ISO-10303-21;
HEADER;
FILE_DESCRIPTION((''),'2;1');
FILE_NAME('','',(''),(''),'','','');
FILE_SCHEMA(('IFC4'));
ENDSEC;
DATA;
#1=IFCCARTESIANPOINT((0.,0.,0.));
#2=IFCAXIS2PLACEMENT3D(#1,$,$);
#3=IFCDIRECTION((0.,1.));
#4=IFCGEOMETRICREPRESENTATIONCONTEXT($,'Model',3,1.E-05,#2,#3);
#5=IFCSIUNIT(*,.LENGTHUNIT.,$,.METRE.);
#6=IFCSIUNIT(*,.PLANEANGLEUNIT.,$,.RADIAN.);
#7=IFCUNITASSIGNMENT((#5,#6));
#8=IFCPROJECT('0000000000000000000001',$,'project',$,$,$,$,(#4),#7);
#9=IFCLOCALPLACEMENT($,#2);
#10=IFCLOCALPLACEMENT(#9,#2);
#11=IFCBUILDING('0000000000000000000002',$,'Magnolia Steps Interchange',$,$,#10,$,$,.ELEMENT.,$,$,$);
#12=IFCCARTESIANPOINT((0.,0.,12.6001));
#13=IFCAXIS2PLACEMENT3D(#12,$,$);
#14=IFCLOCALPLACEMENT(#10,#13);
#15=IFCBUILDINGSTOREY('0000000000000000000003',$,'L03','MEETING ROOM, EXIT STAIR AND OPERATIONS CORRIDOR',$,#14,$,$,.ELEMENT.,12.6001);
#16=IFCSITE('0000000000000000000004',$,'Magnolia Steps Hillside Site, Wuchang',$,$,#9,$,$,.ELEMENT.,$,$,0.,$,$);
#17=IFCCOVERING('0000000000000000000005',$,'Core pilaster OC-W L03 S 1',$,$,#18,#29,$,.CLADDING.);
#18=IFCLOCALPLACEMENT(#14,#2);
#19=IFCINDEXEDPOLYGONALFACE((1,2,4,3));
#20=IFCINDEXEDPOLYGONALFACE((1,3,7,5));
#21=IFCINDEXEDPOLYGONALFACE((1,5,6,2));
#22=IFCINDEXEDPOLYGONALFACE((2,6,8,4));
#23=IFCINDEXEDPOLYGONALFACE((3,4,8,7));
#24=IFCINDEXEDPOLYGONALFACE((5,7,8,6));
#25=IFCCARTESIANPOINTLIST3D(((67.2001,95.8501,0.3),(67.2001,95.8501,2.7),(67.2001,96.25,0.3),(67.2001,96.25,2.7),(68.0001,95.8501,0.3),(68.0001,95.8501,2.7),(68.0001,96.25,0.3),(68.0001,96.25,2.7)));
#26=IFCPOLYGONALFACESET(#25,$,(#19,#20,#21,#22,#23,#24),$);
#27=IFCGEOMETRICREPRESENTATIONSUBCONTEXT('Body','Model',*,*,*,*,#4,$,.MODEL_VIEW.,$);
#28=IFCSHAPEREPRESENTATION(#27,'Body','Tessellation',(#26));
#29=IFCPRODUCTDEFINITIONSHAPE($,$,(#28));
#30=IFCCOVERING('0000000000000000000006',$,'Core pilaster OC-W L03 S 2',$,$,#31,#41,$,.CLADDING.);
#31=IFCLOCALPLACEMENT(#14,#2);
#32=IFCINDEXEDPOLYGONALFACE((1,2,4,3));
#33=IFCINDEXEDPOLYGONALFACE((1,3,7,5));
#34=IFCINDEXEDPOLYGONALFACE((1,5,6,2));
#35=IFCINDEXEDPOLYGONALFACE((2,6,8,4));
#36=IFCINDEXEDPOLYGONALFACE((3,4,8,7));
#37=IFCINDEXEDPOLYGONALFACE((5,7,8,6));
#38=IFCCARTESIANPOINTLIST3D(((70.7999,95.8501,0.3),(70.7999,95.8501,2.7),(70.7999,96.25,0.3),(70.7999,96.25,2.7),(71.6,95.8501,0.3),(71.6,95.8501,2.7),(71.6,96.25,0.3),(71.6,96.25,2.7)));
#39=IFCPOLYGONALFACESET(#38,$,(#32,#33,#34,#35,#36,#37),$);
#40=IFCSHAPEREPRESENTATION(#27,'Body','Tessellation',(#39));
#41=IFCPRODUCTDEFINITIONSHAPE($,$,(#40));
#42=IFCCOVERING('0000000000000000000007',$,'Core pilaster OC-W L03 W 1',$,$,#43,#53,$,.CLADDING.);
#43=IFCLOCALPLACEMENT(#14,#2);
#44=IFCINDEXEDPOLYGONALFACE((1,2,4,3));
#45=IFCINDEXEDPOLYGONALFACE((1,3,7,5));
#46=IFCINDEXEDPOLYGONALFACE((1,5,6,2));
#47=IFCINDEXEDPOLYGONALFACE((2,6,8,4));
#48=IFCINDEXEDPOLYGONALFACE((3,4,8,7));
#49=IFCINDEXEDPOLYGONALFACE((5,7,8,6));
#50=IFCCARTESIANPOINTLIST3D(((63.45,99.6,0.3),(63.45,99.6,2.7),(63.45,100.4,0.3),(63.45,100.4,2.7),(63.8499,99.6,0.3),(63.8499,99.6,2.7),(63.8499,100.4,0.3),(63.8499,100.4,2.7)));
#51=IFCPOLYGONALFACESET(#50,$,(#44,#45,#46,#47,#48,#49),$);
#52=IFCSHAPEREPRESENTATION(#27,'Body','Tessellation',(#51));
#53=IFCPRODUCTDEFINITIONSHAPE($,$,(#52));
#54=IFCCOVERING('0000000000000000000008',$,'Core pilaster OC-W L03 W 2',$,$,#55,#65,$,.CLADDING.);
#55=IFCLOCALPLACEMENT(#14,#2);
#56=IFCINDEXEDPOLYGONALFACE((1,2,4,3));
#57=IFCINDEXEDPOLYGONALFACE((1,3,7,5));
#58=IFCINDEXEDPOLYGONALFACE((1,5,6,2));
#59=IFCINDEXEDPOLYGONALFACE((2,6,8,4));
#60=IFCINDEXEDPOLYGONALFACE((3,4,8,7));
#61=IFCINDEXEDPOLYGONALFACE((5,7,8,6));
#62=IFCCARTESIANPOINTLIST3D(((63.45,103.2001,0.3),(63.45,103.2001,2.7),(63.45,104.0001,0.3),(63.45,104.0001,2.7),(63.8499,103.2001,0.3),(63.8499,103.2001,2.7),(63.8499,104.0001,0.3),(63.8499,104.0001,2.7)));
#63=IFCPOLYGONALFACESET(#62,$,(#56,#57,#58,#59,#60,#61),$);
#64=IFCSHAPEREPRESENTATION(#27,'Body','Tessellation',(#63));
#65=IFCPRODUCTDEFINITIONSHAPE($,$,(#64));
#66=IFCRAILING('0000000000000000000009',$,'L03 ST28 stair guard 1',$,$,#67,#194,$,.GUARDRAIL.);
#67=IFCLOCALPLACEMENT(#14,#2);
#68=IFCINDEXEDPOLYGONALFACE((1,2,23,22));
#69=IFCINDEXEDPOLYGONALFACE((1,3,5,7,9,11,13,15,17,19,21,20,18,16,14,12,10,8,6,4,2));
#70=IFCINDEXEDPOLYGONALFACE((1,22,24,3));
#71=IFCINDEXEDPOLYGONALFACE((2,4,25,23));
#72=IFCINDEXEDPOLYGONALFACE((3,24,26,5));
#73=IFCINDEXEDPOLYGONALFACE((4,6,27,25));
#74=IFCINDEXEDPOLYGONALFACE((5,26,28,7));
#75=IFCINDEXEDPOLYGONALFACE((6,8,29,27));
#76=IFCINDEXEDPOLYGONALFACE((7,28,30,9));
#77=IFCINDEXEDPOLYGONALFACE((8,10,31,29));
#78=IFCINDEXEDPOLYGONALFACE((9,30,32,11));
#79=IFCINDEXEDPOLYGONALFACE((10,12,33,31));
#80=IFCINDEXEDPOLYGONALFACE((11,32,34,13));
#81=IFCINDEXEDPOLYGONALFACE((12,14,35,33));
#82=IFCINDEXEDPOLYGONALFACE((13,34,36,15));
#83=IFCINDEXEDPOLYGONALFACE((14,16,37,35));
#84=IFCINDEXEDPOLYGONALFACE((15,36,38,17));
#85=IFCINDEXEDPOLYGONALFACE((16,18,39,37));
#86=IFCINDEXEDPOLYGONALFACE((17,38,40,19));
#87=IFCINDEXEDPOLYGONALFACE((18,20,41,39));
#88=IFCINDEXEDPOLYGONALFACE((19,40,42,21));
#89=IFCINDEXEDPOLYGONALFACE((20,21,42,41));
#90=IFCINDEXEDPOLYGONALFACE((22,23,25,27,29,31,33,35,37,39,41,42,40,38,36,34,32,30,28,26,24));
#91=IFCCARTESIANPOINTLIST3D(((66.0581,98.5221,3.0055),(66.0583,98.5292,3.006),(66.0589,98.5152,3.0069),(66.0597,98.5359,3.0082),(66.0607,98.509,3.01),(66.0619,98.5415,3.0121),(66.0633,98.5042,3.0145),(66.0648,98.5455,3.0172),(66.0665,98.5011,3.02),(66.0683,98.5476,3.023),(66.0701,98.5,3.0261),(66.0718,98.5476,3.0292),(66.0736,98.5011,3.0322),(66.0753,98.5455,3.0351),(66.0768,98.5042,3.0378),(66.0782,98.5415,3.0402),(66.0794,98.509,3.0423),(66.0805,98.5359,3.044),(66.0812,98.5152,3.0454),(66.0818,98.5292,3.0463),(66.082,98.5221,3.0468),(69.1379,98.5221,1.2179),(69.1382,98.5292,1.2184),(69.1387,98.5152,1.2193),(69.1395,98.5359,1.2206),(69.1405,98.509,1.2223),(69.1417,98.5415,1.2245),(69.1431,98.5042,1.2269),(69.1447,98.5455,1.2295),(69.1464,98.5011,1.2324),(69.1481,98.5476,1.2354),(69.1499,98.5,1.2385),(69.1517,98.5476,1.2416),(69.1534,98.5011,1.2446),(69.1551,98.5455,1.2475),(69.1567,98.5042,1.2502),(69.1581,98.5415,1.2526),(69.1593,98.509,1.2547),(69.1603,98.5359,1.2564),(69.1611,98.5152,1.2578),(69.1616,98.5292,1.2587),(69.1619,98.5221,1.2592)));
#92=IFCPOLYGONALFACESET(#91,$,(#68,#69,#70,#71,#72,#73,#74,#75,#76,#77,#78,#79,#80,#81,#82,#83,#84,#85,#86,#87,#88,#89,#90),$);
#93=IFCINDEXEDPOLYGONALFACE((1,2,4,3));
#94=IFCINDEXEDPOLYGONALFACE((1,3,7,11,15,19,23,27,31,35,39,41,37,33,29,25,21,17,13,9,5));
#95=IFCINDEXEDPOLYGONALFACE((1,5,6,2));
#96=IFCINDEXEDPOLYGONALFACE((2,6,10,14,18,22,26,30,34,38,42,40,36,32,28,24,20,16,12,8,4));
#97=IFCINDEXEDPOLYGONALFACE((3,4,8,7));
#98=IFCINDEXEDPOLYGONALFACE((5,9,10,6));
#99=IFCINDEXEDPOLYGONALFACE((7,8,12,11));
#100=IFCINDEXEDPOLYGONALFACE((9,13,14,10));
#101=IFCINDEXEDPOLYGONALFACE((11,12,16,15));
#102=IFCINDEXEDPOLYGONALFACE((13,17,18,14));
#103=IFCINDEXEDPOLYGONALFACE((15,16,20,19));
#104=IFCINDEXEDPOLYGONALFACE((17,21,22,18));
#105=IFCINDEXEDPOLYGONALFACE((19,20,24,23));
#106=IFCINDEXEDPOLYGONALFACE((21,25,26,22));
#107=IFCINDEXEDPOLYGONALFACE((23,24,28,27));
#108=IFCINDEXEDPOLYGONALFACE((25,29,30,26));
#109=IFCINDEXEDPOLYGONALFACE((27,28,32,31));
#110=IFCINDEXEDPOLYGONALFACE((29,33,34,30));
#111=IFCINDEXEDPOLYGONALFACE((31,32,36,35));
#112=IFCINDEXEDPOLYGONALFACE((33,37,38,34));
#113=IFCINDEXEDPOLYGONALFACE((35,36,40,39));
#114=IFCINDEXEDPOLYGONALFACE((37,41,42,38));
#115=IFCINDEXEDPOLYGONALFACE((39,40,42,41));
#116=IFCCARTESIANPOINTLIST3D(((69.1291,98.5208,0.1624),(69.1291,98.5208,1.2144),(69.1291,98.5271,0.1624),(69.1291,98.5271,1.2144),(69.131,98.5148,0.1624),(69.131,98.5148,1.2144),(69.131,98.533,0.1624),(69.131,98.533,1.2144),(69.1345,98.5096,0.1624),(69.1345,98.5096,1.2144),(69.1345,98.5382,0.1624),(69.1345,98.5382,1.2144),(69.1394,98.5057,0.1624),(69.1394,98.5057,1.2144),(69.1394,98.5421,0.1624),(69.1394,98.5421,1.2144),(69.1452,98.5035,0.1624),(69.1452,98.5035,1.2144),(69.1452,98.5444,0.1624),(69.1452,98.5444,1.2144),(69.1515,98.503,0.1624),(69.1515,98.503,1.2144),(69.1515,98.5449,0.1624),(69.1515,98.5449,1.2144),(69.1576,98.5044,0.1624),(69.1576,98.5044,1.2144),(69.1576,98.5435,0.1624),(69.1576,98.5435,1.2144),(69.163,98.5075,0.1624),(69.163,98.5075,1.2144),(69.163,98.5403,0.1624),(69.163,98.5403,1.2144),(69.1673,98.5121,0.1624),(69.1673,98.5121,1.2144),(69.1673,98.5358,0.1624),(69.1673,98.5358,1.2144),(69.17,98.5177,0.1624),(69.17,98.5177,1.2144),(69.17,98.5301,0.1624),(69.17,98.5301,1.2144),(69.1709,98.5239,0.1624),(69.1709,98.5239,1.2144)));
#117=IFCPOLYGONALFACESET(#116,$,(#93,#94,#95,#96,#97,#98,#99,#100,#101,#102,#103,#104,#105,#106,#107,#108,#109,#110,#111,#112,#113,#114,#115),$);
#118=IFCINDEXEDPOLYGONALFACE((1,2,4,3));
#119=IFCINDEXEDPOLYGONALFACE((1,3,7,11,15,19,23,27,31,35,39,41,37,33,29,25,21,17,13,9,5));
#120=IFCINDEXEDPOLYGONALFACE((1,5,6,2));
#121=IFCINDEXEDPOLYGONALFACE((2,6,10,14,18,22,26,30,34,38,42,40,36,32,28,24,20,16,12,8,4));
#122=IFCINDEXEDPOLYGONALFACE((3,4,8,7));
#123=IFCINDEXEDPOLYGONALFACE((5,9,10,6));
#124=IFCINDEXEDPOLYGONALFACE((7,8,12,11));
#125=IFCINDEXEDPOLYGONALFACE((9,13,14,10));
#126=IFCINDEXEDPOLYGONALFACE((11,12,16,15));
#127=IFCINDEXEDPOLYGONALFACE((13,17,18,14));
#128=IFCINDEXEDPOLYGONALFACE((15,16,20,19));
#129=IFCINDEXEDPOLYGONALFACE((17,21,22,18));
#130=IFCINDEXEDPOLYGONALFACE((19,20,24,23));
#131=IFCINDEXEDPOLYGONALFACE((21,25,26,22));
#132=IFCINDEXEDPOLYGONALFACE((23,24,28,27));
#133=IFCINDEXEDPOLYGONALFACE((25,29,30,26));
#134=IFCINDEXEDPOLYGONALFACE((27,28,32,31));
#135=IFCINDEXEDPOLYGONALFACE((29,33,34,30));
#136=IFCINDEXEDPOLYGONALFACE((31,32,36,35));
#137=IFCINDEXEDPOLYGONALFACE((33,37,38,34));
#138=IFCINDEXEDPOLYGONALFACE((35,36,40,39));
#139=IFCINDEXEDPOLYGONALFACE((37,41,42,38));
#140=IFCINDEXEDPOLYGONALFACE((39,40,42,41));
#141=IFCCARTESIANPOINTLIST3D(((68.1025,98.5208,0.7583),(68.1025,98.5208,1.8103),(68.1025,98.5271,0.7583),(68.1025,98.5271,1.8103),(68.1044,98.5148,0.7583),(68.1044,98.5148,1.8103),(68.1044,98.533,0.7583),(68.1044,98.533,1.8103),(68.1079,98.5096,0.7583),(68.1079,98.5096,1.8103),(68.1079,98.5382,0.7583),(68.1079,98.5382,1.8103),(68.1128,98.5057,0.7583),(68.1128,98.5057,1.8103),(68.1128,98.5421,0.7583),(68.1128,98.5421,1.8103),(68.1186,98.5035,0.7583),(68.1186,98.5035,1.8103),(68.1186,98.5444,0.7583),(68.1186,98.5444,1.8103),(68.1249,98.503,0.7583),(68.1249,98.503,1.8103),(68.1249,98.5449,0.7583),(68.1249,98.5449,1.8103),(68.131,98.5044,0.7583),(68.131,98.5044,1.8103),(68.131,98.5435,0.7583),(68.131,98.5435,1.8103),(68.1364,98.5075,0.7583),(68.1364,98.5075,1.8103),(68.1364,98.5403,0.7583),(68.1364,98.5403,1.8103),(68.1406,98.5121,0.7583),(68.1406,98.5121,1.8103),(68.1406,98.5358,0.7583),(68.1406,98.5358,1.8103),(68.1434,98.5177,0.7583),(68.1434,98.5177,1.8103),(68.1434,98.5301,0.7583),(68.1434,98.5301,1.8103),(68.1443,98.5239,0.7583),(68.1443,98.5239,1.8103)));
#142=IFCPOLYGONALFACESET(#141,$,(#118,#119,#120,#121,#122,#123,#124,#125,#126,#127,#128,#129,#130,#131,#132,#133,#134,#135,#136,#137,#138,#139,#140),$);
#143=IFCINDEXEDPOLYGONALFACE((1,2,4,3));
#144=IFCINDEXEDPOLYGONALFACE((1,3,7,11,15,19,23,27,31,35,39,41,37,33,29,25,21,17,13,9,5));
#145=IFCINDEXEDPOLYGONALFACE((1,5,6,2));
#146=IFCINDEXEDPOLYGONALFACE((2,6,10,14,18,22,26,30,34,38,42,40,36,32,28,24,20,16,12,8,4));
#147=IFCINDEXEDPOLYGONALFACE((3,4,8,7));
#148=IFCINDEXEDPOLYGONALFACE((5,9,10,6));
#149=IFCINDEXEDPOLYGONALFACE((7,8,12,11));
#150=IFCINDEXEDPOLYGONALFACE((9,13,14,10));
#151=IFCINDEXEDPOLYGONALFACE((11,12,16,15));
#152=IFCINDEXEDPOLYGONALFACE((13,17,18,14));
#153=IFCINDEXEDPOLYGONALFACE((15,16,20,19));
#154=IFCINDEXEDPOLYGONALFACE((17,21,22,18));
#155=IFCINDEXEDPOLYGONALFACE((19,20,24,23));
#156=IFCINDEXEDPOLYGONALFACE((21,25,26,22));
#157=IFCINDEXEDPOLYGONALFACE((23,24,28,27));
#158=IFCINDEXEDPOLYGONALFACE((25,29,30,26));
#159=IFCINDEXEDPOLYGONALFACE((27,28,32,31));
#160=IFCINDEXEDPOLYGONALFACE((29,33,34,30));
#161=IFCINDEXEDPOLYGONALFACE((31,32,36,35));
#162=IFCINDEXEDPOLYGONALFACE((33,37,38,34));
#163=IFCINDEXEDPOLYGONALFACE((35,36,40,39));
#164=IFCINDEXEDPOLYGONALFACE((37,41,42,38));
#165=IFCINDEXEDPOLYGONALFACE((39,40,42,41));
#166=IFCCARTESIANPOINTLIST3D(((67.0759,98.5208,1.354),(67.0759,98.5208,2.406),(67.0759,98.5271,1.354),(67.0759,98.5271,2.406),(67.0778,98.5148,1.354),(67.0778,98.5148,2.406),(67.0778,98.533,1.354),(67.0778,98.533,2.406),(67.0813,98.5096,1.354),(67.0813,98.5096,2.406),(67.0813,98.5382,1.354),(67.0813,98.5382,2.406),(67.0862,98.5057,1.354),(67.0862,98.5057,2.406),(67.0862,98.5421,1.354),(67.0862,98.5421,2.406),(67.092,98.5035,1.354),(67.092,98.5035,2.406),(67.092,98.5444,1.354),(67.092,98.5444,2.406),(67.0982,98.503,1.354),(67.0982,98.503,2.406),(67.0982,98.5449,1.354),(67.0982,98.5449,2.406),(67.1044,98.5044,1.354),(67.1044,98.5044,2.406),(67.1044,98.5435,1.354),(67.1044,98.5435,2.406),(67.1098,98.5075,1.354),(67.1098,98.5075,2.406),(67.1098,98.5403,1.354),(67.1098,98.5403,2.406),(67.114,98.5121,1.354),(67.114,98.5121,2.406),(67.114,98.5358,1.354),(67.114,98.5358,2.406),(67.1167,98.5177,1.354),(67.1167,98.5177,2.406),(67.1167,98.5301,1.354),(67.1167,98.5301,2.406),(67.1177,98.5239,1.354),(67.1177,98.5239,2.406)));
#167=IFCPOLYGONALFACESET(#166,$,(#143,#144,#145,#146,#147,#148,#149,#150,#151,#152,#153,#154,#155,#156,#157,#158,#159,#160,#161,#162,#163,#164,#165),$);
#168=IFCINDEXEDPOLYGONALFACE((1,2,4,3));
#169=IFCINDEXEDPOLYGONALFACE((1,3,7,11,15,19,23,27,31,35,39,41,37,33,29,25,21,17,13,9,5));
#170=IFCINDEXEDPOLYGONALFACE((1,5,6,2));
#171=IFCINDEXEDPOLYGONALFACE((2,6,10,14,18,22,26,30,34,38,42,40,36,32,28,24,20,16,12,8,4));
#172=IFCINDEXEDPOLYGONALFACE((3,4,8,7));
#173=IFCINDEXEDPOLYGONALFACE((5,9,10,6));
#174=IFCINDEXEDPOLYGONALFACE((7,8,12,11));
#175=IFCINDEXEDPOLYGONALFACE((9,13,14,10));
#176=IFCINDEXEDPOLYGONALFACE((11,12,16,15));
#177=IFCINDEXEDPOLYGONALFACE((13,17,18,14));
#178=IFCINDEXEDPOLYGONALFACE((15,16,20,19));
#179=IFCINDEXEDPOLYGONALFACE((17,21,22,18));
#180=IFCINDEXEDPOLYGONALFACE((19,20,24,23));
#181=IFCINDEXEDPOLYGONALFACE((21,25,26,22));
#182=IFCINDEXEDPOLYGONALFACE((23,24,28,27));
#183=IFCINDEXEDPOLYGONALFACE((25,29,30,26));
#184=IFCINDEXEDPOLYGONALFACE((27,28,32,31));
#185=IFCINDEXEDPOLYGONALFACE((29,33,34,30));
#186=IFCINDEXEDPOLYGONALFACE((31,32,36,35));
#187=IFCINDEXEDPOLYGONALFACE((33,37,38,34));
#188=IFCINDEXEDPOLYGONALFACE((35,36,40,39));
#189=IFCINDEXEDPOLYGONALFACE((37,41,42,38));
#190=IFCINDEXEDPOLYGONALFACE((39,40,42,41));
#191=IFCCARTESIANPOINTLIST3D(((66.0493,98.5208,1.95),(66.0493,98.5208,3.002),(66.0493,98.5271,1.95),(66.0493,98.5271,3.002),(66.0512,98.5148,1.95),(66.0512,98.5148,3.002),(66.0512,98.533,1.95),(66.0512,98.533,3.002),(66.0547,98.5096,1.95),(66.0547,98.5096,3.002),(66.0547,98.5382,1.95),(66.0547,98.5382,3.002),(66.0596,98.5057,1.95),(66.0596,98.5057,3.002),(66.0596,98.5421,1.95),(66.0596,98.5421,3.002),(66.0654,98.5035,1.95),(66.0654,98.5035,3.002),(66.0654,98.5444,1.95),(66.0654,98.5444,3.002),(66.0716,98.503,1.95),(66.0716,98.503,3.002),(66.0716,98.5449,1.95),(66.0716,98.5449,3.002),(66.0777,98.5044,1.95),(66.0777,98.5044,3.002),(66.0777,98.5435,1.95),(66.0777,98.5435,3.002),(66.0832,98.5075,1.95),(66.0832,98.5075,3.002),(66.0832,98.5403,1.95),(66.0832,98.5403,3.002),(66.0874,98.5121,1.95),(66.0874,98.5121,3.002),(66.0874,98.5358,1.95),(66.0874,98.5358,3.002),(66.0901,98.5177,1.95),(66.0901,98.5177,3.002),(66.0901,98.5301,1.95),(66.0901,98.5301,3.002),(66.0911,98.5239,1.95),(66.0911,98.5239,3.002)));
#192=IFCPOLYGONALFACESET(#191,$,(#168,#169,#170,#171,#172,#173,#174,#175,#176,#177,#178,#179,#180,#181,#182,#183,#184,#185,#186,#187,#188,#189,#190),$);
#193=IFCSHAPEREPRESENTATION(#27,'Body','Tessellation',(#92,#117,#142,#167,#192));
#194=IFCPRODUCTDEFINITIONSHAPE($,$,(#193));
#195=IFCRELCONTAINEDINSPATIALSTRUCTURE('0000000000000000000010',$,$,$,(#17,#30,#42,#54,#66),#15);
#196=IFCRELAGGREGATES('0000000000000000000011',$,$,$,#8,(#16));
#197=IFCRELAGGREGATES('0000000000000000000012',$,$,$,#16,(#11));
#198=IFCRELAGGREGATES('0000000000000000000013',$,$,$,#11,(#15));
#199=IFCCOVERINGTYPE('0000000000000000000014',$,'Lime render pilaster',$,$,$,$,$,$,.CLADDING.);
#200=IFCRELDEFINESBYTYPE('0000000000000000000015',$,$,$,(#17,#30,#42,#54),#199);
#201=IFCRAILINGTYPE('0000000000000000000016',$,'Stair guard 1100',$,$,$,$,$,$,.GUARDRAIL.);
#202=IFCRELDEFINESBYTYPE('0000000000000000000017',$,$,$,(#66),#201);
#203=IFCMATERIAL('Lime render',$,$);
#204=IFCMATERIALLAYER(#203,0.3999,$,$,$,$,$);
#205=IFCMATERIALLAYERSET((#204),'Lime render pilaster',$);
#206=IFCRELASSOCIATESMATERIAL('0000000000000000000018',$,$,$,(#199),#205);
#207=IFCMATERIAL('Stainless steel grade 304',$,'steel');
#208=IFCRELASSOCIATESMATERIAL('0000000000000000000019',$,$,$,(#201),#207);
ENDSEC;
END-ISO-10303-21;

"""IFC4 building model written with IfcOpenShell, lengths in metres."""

from ifc_helpers import new_model, si_unit, direction, frame, origin, origin_2d, place, context, subcontext, project, spatial, rectangle, circle, extrude, material, layer, layer_set, type_object, element, save


model = new_model("IFC4")

# Units and contexts
model_context = context("Model", 3, precision=1e-05, world=origin(), true_north=direction((0.0, 1.0)))
body_context = subcontext(model_context, "Body", "Model", "MODEL_VIEW")
ifc_project = project(units=[si_unit("LENGTHUNIT", "METRE"), si_unit("PLANEANGLEUNIT", "RADIAN")], contexts=[model_context])

# Site, building, storey
site_placement = place(None, origin())
site = spatial("IfcSite", under=ifc_project, at=site_placement, Name="Magnolia Steps Hillside Site, Wuchang", CompositionType="ELEMENT", RefElevation=0.0)
building_placement = place(site_placement, origin())
building = spatial("IfcBuilding", under=site, at=building_placement, Name="Magnolia Steps Interchange", CompositionType="ELEMENT")
storey_placement = place(building_placement, frame((0.0, 0.0, 12.6001)))
storey = spatial("IfcBuildingStorey", under=building, at=storey_placement, Name="L03", Description="MEETING ROOM, EXIT STAIR AND OPERATIONS CORRIDOR", CompositionType="ELEMENT", Elevation=12.6001)

# Coverings
ifc_material_1 = material(Name="Lime render")
ifc_layer_1 = layer(ifc_material_1, 0.3999)
ifc_layer_set_1 = layer_set([ifc_layer_1], Name="Lime render pilaster")
covering_type_1 = type_object("IfcCoveringType", Name="Lime render pilaster", PredefinedType="CLADDING", material=ifc_layer_set_1)
for number, where, z_axis, x_axis, name in (
    (1, (67.6001, 96.05, 0.3), (0.0, 0.0, 1.0), (1.0, 0.0, 0.0), "Core pilaster OC-W L03 S 1"),
    (2, (71.2, 96.05, 0.3), (0.0, 0.0, 1.0), (1.0, 0.0, 0.0), "Core pilaster OC-W L03 S 2"),
):
    element("IfcCovering", number, at=place(storey_placement, frame(where, z_axis=z_axis, x_axis=x_axis)), inside=storey, type_object=covering_type_1, Name=name, PredefinedType="CLADDING", context=body_context, shape_type="SweptSolid", body=[
        extrude(rectangle(XDim=0.8, YDim=0.3999, at=origin_2d()), origin(), (0.0, 0.0, 1.0), 2.3999),
    ])
for number, where, z_axis, x_axis, name in (
    (3, (63.6499, 100.0, 0.3), (0.0, 0.0, 1.0), (1.0, 0.0, 0.0), "Core pilaster OC-W L03 W 1"),
    (4, (63.6499, 103.6001, 0.3), (0.0, 0.0, 1.0), (1.0, 0.0, 0.0), "Core pilaster OC-W L03 W 2"),
):
    element("IfcCovering", number, at=place(storey_placement, frame(where, z_axis=z_axis, x_axis=x_axis)), inside=storey, type_object=covering_type_1, Name=name, PredefinedType="CLADDING", context=body_context, shape_type="SweptSolid", body=[
        extrude(rectangle(XDim=0.3999, YDim=0.8, at=origin_2d()), origin(), (0.0, 0.0, 1.0), 2.3999),
    ])

# Railing
ifc_material_2 = material(Name="Stainless steel grade 304", Category="steel")
railing_type_1 = type_object("IfcRailingType", Name="Stair guard 1100", PredefinedType="GUARDRAIL", material=ifc_material_2)
railing_1_placement = place(storey_placement, frame((69.1499, 98.5239, 0.1624)))
element("IfcRailing", 5, at=railing_1_placement, inside=storey, type_object=railing_type_1, Name="L03 ST28 stair guard 1", PredefinedType="GUARDRAIL", context=body_context, shape_type="SweptSolid", body=[
    extrude(circle(Radius=0.0239, at=origin_2d()), frame((0.0, 0.0, 1.0762), z_axis=(-0.864873, 0.0, 0.50199), x_axis=(0.0, -1.0, 0.0)), (0.0, 0.0, 1.0), 3.561),
    extrude(circle(Radius=0.021, at=origin_2d()), origin(), (0.0, 0.0, 1.0), 1.052),
    extrude(circle(Radius=0.021, at=origin_2d()), frame((-1.0266, 0.0, 0.5959)), (0.0, 0.0, 1.0), 1.052),
    extrude(circle(Radius=0.021, at=origin_2d()), frame((-2.0532, 0.0, 1.1917)), (0.0, 0.0, 1.0), 1.052),
    extrude(circle(Radius=0.021, at=origin_2d()), frame((-3.0798, 0.0, 1.7876)), (0.0, 0.0, 1.0), 1.052),
])

save(model, "model.ifc")
